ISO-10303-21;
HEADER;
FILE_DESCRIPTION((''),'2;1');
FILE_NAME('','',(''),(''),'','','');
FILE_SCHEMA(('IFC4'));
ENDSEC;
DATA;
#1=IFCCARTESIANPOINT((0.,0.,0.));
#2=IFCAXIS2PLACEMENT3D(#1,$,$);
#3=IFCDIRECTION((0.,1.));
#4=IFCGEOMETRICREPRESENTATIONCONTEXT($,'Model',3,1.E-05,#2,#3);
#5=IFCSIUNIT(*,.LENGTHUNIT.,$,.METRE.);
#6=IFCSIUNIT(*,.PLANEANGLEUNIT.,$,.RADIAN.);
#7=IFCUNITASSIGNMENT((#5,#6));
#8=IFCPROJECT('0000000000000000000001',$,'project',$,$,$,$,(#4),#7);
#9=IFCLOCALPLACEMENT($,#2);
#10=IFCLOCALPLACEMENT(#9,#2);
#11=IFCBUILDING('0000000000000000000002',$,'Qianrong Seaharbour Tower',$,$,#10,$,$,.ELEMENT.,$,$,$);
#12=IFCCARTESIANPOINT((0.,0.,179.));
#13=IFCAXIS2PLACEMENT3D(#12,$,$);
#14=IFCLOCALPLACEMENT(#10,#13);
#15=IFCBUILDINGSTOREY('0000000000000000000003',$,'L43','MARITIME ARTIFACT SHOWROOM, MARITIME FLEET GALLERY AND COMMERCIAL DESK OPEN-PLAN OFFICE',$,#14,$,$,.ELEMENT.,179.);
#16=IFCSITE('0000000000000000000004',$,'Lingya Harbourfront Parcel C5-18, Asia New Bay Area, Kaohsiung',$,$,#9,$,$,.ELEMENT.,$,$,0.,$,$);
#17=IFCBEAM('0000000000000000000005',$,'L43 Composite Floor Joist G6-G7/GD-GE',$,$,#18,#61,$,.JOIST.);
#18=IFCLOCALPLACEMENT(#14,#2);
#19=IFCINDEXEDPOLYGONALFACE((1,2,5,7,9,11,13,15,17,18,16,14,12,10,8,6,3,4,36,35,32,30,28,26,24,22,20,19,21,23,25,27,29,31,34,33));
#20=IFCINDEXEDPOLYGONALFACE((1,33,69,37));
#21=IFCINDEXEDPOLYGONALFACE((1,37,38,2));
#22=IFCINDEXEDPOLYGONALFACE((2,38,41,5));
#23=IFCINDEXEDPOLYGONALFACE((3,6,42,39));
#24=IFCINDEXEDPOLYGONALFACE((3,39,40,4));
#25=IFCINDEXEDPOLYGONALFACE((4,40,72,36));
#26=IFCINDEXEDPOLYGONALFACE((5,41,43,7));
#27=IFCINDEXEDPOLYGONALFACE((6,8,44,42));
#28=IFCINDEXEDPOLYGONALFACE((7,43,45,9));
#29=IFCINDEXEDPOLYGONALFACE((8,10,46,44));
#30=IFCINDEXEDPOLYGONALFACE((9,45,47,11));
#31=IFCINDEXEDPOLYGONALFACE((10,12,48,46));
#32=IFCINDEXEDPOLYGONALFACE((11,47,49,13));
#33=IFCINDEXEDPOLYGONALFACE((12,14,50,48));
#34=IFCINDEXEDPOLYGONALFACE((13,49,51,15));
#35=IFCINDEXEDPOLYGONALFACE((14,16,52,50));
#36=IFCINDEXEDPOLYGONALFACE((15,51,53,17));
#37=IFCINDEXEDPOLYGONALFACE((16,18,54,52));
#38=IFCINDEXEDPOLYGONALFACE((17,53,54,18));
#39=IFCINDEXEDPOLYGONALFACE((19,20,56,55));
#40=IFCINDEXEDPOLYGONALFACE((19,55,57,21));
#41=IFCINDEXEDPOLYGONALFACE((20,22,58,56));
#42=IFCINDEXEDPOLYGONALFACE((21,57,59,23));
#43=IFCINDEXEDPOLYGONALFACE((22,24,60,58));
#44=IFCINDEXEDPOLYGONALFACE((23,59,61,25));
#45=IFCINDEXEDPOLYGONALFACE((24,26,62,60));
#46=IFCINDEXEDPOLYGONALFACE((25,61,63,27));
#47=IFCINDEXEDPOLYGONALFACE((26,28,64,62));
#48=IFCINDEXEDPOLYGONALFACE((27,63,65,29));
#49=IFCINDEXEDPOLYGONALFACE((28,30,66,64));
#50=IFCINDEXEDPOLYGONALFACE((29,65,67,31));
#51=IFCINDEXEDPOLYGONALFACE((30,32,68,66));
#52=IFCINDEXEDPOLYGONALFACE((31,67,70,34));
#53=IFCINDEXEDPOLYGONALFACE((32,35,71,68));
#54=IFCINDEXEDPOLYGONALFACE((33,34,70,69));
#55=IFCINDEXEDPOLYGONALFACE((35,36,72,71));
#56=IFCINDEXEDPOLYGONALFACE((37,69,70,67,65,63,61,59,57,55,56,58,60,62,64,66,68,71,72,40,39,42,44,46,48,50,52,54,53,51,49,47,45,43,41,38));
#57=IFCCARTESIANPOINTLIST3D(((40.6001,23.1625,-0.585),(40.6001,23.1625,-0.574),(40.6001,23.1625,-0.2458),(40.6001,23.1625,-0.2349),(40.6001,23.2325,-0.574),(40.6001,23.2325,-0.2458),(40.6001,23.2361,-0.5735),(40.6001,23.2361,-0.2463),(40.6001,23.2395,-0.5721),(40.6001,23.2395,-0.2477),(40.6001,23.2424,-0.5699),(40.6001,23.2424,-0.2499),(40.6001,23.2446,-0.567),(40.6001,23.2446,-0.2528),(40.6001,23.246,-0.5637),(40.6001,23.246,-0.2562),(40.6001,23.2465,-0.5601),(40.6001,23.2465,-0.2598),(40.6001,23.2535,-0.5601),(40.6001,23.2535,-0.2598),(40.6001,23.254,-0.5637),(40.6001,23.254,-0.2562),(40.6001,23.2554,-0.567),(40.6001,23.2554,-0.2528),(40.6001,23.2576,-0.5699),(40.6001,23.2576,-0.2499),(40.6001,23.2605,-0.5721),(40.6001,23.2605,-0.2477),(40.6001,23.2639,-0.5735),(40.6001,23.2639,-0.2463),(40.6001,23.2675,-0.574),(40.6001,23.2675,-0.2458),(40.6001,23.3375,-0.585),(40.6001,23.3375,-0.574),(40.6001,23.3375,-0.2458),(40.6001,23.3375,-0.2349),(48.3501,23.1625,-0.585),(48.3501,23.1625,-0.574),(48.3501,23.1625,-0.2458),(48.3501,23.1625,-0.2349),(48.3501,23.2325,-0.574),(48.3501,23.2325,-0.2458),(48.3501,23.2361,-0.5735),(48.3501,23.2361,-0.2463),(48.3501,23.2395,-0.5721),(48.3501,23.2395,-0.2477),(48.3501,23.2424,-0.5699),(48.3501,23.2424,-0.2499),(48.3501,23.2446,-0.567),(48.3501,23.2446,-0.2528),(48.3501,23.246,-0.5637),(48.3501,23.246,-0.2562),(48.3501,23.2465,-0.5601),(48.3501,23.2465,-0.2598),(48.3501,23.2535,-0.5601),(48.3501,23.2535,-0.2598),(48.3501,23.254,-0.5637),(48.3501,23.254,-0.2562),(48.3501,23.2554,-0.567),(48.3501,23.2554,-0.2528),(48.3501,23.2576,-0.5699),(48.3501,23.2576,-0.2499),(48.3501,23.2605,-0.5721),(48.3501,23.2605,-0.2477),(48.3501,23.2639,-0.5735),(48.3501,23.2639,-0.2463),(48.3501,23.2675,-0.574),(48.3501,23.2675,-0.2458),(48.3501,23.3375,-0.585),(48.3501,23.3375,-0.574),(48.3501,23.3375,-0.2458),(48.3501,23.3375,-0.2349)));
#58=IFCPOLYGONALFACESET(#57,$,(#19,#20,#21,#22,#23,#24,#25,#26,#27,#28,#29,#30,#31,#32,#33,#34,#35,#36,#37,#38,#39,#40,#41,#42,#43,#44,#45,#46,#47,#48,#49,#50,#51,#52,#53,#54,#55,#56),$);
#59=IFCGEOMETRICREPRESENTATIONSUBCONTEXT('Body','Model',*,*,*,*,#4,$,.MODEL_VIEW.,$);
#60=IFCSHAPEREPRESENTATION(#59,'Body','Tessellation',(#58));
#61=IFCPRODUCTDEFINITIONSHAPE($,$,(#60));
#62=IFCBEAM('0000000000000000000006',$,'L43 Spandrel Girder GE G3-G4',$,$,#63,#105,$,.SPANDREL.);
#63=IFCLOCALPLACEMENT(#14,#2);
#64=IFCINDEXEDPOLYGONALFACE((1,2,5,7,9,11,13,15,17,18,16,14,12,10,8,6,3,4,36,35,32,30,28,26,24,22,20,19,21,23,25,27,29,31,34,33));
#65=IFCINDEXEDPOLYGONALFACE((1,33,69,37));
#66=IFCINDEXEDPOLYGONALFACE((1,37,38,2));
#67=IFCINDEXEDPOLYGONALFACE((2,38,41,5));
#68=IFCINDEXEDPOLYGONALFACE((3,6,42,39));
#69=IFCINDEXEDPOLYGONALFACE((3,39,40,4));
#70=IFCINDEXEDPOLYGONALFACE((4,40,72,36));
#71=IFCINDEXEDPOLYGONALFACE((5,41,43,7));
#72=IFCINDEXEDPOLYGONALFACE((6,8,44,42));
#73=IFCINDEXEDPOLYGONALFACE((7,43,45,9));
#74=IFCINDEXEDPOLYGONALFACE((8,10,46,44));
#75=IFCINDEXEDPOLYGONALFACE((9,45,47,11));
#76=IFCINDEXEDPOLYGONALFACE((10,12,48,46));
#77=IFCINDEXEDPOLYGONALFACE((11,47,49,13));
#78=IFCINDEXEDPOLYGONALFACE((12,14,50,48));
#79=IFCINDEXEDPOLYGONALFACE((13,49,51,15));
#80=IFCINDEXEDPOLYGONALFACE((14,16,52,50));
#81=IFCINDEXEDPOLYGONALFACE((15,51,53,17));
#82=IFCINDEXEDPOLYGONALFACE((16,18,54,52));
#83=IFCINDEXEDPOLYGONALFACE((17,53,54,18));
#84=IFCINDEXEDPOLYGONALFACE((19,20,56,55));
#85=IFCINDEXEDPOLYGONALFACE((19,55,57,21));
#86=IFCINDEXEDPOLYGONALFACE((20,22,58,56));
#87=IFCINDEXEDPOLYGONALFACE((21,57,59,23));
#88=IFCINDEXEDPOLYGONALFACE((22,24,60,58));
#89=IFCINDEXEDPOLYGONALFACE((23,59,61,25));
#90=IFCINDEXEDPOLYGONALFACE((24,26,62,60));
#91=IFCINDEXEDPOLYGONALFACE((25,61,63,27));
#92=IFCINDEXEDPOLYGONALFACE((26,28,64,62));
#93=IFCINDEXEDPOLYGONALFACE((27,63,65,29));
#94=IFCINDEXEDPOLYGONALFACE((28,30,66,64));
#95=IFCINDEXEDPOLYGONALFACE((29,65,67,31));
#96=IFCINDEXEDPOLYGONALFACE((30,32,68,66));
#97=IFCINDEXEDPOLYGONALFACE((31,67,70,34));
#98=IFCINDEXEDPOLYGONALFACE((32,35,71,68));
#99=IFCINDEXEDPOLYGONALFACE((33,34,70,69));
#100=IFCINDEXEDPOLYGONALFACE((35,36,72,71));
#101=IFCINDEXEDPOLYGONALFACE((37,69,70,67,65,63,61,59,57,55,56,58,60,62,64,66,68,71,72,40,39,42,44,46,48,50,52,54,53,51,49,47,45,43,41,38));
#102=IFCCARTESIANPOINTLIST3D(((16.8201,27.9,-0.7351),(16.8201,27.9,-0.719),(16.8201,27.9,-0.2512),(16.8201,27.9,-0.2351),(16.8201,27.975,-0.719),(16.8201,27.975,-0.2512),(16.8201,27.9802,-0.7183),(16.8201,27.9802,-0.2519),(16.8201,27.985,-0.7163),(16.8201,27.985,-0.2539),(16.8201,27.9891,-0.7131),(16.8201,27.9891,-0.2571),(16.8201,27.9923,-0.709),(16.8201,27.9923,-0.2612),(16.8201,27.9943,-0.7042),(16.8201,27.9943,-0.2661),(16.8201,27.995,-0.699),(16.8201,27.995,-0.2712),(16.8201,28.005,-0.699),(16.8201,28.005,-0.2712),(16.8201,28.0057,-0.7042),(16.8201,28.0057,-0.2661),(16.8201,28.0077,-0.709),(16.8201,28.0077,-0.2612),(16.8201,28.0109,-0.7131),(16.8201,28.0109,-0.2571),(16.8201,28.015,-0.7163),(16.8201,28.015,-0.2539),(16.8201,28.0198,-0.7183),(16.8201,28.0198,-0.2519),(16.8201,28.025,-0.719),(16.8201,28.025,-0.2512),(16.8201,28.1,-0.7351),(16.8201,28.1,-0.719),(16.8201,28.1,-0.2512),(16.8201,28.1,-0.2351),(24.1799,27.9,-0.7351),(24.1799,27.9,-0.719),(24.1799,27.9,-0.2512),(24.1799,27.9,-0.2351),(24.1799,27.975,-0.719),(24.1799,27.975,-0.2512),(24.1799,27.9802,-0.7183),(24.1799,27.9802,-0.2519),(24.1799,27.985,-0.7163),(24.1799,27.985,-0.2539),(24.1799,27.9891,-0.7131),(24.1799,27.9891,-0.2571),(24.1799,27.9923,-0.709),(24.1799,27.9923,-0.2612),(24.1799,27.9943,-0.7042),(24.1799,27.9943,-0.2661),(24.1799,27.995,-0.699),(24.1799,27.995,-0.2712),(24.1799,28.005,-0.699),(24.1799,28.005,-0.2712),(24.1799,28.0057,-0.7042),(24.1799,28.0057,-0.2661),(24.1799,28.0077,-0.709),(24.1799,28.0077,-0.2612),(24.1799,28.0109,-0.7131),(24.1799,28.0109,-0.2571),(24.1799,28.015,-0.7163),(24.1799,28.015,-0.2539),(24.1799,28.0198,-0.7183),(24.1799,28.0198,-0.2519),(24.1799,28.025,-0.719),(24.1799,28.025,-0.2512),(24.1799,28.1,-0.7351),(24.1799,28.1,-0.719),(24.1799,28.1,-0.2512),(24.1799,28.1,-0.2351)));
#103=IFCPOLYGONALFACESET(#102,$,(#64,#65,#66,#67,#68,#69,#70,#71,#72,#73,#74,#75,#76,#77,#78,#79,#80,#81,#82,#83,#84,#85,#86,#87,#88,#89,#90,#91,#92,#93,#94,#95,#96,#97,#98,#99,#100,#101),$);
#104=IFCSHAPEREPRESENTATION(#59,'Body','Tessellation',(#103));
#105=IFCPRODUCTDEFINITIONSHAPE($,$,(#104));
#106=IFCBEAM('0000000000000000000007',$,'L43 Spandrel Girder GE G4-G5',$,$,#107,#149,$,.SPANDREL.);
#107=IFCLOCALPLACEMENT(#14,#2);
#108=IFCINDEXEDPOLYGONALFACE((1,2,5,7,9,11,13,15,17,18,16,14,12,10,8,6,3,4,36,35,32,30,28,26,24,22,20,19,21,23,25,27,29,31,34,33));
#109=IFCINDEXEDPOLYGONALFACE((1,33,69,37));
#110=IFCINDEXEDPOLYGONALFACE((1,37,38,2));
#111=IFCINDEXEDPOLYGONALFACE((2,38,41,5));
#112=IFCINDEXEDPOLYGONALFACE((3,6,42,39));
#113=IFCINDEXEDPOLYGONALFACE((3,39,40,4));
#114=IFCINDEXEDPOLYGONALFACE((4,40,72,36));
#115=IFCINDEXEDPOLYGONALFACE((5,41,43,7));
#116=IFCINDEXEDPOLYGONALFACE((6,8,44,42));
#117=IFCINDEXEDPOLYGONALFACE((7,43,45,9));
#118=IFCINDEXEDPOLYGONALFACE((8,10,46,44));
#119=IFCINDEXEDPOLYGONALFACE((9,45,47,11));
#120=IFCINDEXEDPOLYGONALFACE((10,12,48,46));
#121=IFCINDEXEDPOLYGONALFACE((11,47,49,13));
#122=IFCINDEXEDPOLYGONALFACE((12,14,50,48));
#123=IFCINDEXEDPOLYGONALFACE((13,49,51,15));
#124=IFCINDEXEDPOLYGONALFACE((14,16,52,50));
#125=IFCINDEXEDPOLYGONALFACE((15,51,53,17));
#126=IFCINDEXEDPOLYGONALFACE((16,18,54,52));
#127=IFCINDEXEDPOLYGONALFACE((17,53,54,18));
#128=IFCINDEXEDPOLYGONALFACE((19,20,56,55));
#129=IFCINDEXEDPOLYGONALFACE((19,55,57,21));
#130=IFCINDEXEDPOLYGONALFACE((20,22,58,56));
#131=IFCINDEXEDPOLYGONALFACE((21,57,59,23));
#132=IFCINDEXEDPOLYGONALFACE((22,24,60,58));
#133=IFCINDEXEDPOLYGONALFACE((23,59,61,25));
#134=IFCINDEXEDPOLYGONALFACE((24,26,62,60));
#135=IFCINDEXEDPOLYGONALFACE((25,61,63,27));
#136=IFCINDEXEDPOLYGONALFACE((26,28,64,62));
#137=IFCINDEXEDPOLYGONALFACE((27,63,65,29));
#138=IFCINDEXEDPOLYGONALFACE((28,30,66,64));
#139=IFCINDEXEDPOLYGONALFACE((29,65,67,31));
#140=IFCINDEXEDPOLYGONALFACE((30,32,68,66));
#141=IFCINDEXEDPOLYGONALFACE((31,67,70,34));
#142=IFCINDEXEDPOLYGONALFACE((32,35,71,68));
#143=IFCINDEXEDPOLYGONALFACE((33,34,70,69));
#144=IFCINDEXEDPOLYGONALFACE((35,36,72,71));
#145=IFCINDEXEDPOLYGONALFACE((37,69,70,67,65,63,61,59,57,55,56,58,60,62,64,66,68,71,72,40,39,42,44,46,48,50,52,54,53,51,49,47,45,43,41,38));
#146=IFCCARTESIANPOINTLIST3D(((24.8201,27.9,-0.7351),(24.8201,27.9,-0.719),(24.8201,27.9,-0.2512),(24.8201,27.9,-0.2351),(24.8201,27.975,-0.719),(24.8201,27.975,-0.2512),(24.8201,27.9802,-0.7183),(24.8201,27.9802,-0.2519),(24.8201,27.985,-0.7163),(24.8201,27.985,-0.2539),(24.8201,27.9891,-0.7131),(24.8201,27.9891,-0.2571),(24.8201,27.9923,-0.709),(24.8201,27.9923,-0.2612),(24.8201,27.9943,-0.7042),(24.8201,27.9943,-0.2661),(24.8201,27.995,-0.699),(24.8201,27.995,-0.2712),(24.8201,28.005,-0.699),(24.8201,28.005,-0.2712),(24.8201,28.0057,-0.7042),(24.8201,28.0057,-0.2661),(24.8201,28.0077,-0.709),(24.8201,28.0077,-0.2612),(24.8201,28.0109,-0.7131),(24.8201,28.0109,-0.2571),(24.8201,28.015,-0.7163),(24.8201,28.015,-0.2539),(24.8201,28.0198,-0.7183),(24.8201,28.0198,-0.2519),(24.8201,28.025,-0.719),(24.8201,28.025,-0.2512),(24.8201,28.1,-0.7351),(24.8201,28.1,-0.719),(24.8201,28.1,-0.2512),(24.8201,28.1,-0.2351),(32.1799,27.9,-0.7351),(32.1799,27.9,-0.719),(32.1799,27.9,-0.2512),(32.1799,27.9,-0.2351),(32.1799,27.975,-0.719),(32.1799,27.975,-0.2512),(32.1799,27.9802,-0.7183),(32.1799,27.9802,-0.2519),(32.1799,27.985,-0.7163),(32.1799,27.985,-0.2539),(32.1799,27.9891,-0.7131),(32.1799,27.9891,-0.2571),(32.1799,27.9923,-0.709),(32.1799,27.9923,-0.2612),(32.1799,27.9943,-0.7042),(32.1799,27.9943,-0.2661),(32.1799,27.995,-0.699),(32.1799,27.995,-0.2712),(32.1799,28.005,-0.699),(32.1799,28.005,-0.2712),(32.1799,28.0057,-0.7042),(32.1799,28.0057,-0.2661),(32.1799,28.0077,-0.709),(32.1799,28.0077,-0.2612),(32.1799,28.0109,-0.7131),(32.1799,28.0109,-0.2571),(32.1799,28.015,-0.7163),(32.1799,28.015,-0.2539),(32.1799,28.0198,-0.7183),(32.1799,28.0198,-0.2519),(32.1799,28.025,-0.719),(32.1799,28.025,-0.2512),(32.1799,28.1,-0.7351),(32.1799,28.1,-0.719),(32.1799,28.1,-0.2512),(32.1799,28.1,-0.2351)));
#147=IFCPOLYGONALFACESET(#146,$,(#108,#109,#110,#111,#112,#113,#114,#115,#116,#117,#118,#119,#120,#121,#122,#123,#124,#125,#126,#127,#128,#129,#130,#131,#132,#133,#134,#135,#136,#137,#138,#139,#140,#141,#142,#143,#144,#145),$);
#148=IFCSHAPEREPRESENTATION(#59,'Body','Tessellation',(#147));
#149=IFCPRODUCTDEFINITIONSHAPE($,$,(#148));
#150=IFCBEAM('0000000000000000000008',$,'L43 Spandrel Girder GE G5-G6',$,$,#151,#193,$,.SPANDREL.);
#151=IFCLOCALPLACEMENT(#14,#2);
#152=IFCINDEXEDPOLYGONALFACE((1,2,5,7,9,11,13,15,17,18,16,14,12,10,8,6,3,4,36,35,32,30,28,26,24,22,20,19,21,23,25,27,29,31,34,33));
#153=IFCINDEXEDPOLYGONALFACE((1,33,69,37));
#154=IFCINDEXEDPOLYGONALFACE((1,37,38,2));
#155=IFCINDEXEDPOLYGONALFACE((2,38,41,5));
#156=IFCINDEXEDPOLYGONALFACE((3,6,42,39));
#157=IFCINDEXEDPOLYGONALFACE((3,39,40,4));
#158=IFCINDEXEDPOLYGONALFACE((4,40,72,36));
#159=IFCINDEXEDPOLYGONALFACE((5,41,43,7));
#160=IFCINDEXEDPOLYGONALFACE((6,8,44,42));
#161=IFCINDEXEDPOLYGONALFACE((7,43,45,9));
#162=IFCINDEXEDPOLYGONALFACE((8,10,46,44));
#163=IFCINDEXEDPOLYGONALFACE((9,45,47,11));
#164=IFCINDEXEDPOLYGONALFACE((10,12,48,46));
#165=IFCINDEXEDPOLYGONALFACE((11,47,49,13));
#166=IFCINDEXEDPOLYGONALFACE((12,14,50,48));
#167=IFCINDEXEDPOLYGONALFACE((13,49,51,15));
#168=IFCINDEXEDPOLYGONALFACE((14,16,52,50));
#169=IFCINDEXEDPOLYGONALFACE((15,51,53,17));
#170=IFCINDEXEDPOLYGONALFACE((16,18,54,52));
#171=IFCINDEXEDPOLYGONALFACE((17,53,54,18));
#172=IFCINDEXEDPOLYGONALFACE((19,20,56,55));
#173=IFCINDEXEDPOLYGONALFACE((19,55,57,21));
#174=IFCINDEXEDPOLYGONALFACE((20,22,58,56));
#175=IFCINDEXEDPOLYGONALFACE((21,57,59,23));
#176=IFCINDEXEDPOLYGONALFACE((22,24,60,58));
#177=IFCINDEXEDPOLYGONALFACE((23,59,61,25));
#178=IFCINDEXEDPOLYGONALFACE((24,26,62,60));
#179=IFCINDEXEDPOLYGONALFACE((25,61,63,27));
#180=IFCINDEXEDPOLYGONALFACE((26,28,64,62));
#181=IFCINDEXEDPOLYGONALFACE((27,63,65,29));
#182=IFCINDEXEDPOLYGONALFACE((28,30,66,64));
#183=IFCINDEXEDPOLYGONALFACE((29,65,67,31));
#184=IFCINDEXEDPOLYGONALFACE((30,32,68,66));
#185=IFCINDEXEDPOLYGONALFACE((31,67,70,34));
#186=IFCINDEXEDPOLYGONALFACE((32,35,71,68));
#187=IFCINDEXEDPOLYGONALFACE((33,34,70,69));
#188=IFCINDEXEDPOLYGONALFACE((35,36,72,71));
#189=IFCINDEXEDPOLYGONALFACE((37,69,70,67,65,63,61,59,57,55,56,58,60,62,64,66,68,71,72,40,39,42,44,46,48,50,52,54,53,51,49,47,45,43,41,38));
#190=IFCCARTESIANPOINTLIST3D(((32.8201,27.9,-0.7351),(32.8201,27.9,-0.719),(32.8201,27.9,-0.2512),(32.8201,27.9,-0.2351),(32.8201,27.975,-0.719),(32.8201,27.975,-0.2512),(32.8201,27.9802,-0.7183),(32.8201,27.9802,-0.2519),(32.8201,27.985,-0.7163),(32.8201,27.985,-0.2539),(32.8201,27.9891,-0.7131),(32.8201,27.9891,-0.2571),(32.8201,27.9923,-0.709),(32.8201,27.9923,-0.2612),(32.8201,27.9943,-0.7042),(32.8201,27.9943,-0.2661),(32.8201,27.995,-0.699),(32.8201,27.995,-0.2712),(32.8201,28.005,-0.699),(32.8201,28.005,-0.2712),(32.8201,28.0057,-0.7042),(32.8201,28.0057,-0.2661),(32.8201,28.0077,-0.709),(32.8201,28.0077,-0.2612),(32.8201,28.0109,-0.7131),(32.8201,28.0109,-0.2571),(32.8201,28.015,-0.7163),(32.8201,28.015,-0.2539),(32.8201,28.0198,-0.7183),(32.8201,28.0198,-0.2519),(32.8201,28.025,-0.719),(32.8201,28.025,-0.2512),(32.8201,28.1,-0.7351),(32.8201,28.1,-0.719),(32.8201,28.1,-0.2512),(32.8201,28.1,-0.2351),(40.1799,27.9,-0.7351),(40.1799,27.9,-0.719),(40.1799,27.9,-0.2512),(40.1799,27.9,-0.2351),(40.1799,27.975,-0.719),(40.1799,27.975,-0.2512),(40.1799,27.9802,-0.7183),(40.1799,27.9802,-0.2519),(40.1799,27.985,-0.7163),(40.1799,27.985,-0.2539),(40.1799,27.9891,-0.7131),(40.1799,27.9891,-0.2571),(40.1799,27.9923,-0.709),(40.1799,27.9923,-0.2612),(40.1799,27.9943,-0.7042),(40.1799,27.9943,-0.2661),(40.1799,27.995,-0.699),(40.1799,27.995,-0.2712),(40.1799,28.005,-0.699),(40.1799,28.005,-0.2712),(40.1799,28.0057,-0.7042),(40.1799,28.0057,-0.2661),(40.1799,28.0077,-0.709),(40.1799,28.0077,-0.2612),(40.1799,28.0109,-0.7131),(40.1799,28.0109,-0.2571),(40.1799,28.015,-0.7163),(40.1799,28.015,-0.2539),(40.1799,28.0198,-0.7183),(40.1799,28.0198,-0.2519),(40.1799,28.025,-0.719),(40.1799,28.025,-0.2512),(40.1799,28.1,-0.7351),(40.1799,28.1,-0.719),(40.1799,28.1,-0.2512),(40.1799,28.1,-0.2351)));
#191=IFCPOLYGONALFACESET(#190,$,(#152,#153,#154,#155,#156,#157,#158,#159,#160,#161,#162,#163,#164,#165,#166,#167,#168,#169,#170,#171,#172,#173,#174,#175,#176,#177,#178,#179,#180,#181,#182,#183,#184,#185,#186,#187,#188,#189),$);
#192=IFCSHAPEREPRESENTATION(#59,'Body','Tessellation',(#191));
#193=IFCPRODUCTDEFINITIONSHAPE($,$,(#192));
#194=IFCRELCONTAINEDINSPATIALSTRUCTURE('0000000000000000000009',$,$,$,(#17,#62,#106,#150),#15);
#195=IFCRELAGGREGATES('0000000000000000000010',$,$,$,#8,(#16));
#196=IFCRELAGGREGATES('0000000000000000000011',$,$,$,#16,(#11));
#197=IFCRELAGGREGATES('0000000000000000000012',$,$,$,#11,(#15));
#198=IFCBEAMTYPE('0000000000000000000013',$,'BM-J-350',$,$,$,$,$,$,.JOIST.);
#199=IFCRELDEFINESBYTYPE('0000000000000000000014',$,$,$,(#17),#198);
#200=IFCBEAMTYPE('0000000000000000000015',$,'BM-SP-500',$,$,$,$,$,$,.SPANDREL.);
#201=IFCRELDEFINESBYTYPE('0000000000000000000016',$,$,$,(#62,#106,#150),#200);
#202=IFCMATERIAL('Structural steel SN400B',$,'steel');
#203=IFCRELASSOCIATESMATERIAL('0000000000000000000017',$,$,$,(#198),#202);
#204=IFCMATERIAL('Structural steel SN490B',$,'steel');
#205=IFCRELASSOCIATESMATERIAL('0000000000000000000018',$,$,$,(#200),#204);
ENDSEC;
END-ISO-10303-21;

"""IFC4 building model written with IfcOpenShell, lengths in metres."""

from ifc_helpers import new_model, si_unit, direction, frame, origin, origin_2d, place, context, subcontext, project, spatial, i_section, extrude, material, material_profile, profile_set, type_object, element, save


model = new_model("IFC4")

# Units and contexts
model_context = context("Model", 3, precision=1e-05, world=origin(), true_north=direction((0.0, 1.0)))
body_context = subcontext(model_context, "Body", "Model", "MODEL_VIEW")
ifc_project = project(units=[si_unit("LENGTHUNIT", "METRE"), si_unit("PLANEANGLEUNIT", "RADIAN")], contexts=[model_context])

# Site, building, storey
site_placement = place(None, origin())
site = spatial("IfcSite", under=ifc_project, at=site_placement, Name="Lingya Harbourfront Parcel C5-18, Asia New Bay Area, Kaohsiung", CompositionType="ELEMENT", RefElevation=0.0)
building_placement = place(site_placement, origin())
building = spatial("IfcBuilding", under=site, at=building_placement, Name="Qianrong Seaharbour Tower", CompositionType="ELEMENT")
storey_placement = place(building_placement, frame((0.0, 0.0, 179.0)))
storey = spatial("IfcBuildingStorey", under=building, at=storey_placement, Name="L43", Description="MARITIME ARTIFACT SHOWROOM, MARITIME FLEET GALLERY AND COMMERCIAL DESK OPEN-PLAN OFFICE", CompositionType="ELEMENT", Elevation=179.0)

# Shared definitions
ifc_material_1 = material(Name="Structural steel SN490B", Category="steel")

# Beams
ifc_material_2 = material(Name="Structural steel SN400B", Category="steel")
ifc_material_profile_1 = material_profile(ifc_material_2, i_section(OverallWidth=0.175, OverallDepth=0.3501, WebThickness=0.0071, FlangeThickness=0.011, FilletRadius=0.0139, at=origin_2d()), Name="H350x175x7x11")
ifc_profile_set_1 = profile_set([ifc_material_profile_1], Name="Structural steel SN400B")
beam_type_1 = type_object("IfcBeamType", Name="BM-J-350", PredefinedType="JOIST", material=ifc_profile_set_1)
beam_1_placement = place(storey_placement, frame((40.6001, 23.25, -0.4099), z_axis=(1.0, 0.0, 0.0), x_axis=(0.0, 1.0, 0.0)))
element("IfcBeam", 1, at=beam_1_placement, inside=storey, type_object=beam_type_1, Name="L43 Composite Floor Joist G6-G7/GD-GE", PredefinedType="JOIST", context=body_context, shape_type="SweptSolid", body=[
    extrude(i_section(OverallWidth=0.175, OverallDepth=0.3501, WebThickness=0.0071, FlangeThickness=0.011, FilletRadius=0.0139, at=origin_2d()), origin(), (0.0, 0.0, 1.0), 7.75),
])
ifc_material_profile_2 = material_profile(ifc_material_1, i_section(OverallWidth=0.2, OverallDepth=0.5, WebThickness=0.01, FlangeThickness=0.0161, FilletRadius=0.02, at=origin_2d()), Name="H500x200x10x16")
ifc_profile_set_2 = profile_set([ifc_material_profile_2], Name="Structural steel SN490B")
beam_type_2 = type_object("IfcBeamType", Name="BM-SP-500", PredefinedType="SPANDREL", material=ifc_profile_set_2)
for number, where, z_axis, x_axis, name in (
    (2, (16.8201, 28.0, -0.4851), (1.0, 0.0, 0.0), (0.0, 1.0, 0.0), "L43 Spandrel Girder GE G3-G4"),
    (3, (24.8201, 28.0, -0.4851), (1.0, 0.0, 0.0), (0.0, 1.0, 0.0), "L43 Spandrel Girder GE G4-G5"),
    (4, (32.8201, 28.0, -0.4851), (1.0, 0.0, 0.0), (0.0, 1.0, 0.0), "L43 Spandrel Girder GE G5-G6"),
):
    element("IfcBeam", number, at=place(storey_placement, frame(where, z_axis=z_axis, x_axis=x_axis)), inside=storey, type_object=beam_type_2, Name=name, PredefinedType="SPANDREL", context=body_context, shape_type="SweptSolid", body=[
        extrude(i_section(OverallWidth=0.2, OverallDepth=0.5, WebThickness=0.01, FlangeThickness=0.0161, FilletRadius=0.02, at=origin_2d()), origin(), (0.0, 0.0, 1.0), 7.3599),
    ])

save(model, "model.ifc")
